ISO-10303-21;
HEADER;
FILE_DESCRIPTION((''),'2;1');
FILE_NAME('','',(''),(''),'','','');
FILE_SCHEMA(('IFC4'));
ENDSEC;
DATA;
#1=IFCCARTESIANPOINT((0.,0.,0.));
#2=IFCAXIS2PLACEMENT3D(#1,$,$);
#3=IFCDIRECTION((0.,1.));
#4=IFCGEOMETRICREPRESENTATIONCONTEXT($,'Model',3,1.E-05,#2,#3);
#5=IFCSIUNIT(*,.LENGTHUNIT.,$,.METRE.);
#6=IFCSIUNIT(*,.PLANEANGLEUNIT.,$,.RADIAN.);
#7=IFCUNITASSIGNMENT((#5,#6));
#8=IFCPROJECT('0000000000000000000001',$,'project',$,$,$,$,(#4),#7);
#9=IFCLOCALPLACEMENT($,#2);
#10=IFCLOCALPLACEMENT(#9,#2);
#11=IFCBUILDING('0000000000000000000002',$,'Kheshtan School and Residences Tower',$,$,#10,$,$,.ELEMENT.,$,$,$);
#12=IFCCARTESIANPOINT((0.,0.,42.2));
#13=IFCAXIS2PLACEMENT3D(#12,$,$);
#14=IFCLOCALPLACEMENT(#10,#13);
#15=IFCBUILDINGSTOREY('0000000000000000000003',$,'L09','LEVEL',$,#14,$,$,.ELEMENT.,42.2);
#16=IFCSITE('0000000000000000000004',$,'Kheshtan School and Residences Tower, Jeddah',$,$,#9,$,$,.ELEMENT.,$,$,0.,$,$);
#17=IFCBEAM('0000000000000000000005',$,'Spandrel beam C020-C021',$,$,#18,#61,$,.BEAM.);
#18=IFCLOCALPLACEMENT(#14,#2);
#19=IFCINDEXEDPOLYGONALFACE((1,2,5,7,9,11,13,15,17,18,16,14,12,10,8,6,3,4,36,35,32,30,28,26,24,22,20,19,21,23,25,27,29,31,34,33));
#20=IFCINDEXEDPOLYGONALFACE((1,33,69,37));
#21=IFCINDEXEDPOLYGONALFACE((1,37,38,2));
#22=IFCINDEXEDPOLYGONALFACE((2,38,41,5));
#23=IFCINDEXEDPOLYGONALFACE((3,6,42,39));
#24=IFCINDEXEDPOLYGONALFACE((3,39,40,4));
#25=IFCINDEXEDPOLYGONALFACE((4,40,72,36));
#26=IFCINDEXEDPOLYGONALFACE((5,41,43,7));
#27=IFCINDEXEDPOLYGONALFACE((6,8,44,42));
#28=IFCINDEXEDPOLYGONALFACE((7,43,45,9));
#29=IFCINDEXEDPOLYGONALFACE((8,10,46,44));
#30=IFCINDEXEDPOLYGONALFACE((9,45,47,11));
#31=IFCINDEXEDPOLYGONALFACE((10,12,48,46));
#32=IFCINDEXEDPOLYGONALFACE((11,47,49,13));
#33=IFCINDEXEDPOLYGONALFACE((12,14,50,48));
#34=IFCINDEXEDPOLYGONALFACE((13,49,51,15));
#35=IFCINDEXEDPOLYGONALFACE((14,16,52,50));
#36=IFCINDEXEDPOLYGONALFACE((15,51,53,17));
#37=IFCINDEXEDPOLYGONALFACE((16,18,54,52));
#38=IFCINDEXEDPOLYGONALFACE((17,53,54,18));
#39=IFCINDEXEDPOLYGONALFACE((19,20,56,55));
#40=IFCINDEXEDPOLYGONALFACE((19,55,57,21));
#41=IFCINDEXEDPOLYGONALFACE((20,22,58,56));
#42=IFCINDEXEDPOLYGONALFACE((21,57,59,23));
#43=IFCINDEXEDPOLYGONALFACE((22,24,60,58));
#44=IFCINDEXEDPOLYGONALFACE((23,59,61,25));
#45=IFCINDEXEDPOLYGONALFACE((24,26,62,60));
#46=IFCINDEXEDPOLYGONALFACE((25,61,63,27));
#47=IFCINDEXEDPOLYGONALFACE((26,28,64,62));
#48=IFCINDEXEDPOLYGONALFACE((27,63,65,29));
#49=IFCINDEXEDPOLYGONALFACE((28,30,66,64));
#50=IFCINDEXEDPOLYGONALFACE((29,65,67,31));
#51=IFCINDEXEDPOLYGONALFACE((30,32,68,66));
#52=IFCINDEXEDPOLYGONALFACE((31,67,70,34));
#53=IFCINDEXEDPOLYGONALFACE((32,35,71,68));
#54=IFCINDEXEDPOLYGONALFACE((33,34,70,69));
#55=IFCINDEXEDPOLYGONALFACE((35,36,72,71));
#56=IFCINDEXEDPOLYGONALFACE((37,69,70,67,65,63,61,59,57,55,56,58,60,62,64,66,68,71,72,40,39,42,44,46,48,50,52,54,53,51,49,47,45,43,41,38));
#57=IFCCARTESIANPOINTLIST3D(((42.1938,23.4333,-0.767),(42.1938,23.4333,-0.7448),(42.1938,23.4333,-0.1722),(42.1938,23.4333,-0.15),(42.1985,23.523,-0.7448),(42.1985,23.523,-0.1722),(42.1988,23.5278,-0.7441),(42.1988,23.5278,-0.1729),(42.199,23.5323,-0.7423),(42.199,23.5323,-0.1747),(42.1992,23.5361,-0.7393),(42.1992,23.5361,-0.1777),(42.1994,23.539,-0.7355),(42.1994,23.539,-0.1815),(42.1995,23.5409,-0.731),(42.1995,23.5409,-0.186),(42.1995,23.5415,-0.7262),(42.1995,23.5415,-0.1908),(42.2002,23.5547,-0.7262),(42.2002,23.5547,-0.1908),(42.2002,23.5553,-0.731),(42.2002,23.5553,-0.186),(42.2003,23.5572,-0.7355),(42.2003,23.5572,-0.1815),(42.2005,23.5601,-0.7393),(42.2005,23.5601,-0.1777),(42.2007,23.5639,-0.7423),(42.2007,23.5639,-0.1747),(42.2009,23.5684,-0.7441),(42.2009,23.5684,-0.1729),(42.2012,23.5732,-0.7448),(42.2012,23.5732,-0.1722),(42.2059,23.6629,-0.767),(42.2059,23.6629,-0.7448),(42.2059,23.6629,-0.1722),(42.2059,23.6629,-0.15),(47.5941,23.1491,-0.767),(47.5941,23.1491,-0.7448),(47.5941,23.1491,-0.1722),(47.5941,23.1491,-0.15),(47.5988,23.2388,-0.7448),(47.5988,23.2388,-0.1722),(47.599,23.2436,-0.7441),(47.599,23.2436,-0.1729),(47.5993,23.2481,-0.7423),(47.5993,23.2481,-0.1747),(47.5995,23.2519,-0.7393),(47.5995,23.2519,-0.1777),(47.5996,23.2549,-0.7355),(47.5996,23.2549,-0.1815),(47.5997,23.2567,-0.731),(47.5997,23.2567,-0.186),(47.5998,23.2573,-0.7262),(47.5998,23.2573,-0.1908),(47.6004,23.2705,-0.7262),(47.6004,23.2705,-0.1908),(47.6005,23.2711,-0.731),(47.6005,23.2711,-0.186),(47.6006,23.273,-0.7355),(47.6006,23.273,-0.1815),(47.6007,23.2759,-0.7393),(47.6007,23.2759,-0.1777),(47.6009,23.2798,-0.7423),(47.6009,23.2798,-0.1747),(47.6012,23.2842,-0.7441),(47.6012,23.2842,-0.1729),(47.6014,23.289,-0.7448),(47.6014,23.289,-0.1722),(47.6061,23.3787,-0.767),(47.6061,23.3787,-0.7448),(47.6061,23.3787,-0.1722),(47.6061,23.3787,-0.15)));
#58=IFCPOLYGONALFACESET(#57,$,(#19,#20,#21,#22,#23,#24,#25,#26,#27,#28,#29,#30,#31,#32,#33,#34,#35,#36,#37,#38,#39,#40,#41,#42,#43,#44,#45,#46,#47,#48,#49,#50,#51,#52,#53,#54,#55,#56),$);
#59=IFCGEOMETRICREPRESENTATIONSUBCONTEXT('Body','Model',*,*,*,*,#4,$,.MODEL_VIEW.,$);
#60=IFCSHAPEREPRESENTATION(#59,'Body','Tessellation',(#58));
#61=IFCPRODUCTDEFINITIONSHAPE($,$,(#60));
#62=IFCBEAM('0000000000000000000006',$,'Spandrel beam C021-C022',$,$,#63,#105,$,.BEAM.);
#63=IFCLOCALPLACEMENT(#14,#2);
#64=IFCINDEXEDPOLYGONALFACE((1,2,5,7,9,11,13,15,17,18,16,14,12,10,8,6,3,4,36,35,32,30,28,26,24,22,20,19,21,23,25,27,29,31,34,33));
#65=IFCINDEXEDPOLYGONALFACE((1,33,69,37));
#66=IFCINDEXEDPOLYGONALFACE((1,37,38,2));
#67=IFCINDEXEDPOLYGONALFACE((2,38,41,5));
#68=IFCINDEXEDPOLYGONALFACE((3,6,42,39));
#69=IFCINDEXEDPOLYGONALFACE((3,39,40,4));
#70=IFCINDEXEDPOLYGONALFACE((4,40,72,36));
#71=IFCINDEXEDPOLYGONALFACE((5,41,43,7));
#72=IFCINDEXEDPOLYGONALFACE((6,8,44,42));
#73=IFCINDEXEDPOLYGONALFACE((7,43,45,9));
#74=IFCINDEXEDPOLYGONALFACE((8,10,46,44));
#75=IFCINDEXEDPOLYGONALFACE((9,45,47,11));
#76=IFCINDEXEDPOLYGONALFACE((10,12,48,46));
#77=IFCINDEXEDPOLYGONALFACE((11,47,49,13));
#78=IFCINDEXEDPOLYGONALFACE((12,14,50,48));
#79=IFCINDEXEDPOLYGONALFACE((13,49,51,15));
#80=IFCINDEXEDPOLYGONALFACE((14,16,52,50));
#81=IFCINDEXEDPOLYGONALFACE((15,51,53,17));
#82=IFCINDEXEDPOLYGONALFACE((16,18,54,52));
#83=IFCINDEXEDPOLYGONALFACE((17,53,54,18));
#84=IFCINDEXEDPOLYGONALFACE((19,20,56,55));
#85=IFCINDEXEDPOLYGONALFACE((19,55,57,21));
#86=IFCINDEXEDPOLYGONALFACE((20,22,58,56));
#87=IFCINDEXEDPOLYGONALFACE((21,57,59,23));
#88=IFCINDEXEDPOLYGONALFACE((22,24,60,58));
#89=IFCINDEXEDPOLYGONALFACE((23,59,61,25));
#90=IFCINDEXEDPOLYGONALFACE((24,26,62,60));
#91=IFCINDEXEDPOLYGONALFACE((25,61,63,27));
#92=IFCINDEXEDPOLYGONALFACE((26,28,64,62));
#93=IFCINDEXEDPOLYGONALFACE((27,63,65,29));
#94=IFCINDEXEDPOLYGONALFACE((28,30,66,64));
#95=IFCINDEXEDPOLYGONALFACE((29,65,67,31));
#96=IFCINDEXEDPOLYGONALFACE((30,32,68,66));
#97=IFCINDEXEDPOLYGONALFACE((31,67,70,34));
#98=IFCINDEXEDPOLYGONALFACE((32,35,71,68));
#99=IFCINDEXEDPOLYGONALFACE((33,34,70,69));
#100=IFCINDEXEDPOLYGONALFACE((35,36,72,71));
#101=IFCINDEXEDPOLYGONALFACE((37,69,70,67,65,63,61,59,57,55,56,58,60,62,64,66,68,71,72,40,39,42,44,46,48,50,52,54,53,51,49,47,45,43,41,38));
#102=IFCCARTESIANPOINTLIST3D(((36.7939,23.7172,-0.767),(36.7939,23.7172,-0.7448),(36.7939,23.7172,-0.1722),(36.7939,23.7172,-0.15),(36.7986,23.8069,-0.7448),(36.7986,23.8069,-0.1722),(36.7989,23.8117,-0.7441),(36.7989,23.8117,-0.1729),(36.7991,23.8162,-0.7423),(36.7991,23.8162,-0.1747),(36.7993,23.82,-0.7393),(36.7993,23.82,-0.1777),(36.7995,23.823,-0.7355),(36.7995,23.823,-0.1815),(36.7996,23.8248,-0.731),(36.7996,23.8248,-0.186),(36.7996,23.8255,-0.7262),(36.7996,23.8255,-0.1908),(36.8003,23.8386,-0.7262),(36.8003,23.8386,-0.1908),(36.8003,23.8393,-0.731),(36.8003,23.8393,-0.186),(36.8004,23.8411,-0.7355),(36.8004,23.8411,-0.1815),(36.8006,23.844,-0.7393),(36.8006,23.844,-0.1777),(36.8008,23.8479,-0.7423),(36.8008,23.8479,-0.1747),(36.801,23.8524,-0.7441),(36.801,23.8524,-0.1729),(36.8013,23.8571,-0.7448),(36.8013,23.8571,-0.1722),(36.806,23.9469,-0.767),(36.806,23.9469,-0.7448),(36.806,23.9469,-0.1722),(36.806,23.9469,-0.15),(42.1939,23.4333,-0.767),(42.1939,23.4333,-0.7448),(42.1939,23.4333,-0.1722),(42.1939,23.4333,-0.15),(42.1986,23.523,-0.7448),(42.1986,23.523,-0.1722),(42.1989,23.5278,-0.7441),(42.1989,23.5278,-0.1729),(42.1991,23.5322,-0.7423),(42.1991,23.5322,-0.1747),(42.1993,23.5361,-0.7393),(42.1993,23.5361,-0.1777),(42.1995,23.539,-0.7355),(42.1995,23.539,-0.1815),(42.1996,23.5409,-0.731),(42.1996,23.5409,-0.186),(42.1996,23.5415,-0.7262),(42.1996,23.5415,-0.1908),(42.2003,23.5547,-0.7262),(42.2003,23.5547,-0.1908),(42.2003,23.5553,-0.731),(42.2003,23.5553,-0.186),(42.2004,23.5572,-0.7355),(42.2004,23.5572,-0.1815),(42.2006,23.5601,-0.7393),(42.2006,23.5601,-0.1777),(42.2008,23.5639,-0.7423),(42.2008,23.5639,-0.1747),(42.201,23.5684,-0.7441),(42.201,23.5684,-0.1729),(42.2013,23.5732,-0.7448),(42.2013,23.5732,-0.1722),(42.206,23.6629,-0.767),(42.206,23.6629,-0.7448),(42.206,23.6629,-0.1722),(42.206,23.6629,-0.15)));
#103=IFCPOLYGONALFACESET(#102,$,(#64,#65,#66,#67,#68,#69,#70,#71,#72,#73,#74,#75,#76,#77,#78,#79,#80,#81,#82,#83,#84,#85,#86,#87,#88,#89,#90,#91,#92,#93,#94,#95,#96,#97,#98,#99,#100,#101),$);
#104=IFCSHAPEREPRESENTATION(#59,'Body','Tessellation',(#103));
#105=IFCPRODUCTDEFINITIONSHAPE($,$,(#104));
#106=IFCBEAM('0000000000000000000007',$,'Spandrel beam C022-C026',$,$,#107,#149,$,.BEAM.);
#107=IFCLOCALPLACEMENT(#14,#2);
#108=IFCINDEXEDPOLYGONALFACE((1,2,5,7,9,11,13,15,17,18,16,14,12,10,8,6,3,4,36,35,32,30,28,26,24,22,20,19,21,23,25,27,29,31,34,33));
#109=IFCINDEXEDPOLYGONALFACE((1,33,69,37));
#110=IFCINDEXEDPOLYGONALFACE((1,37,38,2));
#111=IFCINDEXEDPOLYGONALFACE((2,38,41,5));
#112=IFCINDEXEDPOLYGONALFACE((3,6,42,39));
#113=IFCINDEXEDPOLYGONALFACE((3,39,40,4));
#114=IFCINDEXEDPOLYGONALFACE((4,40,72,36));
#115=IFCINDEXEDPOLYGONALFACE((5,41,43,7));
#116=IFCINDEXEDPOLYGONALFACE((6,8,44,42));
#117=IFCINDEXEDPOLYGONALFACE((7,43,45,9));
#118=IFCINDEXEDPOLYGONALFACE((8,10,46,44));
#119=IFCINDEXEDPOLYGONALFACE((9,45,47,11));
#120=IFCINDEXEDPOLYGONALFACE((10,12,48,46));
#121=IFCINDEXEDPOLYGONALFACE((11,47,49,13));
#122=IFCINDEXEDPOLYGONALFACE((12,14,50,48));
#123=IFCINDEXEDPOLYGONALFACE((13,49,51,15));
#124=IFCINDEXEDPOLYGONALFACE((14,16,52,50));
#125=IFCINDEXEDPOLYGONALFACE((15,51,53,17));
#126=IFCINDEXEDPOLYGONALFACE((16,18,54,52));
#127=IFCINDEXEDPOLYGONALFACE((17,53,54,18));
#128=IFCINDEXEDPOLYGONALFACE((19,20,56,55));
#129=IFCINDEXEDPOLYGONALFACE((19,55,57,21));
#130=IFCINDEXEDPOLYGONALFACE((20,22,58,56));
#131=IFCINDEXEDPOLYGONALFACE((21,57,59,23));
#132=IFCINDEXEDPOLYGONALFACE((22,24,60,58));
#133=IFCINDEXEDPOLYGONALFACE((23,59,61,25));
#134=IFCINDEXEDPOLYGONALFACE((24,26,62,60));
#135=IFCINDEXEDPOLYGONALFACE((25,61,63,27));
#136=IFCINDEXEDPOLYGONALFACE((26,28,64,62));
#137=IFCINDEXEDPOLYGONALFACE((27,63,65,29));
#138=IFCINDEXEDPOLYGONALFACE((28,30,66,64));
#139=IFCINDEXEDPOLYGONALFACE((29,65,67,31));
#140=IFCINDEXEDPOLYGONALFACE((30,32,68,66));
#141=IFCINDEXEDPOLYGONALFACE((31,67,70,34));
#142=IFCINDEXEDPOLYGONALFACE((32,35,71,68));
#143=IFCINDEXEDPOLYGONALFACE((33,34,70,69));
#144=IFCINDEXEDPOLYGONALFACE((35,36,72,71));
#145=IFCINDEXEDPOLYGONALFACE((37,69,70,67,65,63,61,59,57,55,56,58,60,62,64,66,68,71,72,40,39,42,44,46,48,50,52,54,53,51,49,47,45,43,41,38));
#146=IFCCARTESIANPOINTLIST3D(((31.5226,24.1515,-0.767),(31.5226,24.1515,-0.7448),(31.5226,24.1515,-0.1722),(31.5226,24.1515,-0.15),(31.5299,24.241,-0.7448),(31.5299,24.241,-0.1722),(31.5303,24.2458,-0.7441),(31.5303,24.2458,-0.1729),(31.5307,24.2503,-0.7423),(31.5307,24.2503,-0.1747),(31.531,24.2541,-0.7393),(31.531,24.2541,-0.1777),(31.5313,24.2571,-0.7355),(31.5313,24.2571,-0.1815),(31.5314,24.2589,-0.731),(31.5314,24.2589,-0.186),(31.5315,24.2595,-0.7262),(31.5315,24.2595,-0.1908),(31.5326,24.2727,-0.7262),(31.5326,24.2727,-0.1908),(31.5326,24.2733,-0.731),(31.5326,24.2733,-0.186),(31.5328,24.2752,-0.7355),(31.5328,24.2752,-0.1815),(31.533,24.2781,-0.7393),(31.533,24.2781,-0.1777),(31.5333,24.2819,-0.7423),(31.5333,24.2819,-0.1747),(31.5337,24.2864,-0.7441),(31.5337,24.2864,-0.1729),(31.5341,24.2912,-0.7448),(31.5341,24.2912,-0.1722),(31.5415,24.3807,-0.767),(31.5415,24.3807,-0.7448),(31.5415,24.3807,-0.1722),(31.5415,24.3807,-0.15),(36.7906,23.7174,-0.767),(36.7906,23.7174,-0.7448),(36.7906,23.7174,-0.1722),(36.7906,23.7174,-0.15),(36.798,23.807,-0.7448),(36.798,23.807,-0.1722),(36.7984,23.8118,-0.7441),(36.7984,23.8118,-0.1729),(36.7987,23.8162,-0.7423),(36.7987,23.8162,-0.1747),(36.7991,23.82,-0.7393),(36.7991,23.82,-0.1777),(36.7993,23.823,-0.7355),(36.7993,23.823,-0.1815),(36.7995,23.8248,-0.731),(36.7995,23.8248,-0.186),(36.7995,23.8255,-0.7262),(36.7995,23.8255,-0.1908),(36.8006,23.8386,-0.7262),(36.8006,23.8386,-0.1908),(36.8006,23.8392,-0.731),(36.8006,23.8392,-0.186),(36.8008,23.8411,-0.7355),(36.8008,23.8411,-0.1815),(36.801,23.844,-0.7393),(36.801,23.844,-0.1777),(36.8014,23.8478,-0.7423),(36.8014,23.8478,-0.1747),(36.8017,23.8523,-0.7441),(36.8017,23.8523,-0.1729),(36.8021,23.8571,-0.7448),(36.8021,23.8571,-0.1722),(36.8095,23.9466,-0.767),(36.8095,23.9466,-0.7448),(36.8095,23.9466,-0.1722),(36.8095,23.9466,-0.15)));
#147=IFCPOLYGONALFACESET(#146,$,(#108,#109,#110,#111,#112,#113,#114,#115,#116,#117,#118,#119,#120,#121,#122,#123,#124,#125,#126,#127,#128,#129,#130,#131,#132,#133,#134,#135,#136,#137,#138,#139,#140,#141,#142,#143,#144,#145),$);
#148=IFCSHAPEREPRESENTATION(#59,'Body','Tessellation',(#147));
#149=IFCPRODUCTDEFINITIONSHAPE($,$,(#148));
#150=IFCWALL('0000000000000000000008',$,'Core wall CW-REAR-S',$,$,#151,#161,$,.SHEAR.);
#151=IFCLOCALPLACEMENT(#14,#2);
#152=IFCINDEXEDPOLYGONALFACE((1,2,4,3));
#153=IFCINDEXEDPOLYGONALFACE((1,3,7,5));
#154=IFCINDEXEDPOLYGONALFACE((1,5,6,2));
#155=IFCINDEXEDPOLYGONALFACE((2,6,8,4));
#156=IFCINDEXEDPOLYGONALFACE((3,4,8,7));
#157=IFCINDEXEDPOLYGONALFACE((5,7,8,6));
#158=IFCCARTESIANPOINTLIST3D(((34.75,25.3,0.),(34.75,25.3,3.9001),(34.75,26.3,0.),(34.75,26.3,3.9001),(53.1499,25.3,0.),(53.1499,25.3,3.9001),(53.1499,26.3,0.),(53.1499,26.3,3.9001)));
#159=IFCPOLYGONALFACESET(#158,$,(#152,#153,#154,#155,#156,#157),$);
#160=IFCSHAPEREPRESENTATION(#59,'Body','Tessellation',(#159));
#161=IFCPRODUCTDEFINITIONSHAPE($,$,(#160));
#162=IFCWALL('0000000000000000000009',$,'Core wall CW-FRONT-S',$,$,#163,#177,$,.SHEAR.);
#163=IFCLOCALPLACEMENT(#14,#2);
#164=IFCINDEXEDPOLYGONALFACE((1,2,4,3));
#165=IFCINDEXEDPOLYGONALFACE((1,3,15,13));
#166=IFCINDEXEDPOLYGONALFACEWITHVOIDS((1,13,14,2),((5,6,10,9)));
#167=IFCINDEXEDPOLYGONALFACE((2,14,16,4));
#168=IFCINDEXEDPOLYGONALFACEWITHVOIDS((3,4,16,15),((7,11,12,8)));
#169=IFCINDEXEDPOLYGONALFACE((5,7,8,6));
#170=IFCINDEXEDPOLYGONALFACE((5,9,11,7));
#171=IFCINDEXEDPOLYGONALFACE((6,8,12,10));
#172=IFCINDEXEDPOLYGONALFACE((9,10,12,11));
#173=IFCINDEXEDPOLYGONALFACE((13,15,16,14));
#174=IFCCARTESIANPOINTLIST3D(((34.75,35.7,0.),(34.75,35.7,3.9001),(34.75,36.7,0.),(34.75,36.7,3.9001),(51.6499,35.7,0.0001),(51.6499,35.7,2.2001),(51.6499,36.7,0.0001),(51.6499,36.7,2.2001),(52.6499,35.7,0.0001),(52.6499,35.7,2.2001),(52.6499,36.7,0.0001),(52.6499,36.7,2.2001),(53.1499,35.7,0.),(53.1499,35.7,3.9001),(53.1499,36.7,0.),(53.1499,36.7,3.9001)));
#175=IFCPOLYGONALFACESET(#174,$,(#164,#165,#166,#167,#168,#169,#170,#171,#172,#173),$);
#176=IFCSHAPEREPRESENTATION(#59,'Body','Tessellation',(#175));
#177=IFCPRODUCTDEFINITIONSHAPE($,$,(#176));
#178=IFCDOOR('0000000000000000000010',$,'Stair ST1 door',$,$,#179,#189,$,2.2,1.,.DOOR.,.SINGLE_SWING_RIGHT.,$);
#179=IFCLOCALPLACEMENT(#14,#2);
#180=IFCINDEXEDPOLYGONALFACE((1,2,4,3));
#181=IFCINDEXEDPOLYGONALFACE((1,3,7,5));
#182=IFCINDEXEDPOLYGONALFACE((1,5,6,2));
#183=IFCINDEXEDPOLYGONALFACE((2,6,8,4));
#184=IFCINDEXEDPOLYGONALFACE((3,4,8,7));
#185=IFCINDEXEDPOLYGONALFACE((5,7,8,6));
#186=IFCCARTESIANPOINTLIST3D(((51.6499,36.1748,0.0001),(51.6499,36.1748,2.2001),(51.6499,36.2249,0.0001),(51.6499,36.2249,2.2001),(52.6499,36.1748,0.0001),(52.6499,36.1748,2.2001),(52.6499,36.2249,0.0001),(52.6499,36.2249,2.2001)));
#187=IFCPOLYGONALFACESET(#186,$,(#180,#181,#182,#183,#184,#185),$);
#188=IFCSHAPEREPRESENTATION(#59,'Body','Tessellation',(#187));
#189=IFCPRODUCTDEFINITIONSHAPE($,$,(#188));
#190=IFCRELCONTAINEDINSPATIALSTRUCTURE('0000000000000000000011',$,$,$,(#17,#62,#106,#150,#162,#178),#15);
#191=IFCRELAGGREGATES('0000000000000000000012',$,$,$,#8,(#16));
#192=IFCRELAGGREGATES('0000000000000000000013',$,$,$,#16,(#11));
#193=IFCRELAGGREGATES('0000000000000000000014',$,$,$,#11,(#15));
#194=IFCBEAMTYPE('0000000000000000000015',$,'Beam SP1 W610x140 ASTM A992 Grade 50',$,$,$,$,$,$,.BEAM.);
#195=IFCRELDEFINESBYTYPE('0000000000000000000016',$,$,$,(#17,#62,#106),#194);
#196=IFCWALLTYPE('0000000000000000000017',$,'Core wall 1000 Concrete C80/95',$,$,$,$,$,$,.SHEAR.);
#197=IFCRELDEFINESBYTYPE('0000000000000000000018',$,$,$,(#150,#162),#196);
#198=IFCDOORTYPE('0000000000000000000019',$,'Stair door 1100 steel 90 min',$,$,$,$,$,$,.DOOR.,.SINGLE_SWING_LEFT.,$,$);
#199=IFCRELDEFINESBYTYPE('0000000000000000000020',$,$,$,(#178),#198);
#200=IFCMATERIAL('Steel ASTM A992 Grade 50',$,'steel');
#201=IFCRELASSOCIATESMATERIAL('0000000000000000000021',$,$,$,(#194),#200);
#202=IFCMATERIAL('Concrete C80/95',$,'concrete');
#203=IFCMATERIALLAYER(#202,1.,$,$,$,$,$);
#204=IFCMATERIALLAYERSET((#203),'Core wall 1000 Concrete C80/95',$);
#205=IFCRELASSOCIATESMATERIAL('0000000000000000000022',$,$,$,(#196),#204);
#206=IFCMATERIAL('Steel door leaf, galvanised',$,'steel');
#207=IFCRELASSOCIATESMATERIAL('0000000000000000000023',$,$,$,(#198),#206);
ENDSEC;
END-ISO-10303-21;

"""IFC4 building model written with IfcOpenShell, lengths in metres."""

from ifc_helpers import new_model, si_unit, direction, frame, frame_2d, origin, origin_2d, place, context, subcontext, project, spatial, rectangle, i_section, extrude, source, transform, mapped, material, layer, layer_set, material_profile, profile_set, type_object, element, fill, save


model = new_model("IFC4")

# Units and contexts
model_context = context("Model", 3, precision=1e-05, world=origin(), true_north=direction((0.0, 1.0)))
body_context = subcontext(model_context, "Body", "Model", "MODEL_VIEW")
ifc_project = project(units=[si_unit("LENGTHUNIT", "METRE"), si_unit("PLANEANGLEUNIT", "RADIAN")], contexts=[model_context])

# Site, building, storey
site_placement = place(None, origin())
site = spatial("IfcSite", under=ifc_project, at=site_placement, Name="Kheshtan School and Residences Tower, Jeddah", CompositionType="ELEMENT", RefElevation=0.0)
building_placement = place(site_placement, origin())
building = spatial("IfcBuilding", under=site, at=building_placement, Name="Kheshtan School and Residences Tower", CompositionType="ELEMENT")
storey_placement = place(building_placement, frame((0.0, 0.0, 42.2)))
storey = spatial("IfcBuildingStorey", under=building, at=storey_placement, Name="L09", Description="LEVEL", CompositionType="ELEMENT", Elevation=42.2)

# Shared definitions
ifc_material_1 = material(Name="Steel ASTM A992 Grade 50", Category="steel")

# Beams
ifc_material_profile_1 = material_profile(ifc_material_1, i_section(OverallWidth=0.23, OverallDepth=0.6169, WebThickness=0.0132, FlangeThickness=0.0222, FilletRadius=0.0186, at=origin_2d()), Name="W610x140")
ifc_profile_set_1 = profile_set([ifc_material_profile_1], Name="Steel ASTM A992 Grade 50")
beam_type_1 = type_object("IfcBeamType", Name="Beam SP1 W610x140 ASTM A992 Grade 50", PredefinedType="BEAM", material=ifc_profile_set_1)
beam_1_placement = place(storey_placement, frame((47.6001, 23.2639, -0.4585), z_axis=(-0.998618, 0.052552, 0.0), x_axis=(-0.052552, -0.998618, 0.0)))
element("IfcBeam", 1, at=beam_1_placement, inside=storey, type_object=beam_type_1, Name="Spandrel beam C020-C021", PredefinedType="BEAM", context=body_context, shape_type="SweptSolid", body=[
    extrude(i_section(OverallWidth=0.23, OverallDepth=0.6169, WebThickness=0.0132, FlangeThickness=0.0222, FilletRadius=0.0186, at=origin_2d()), origin(), (0.0, 0.0, 1.0), 5.4077),
])
beam_2_placement = place(storey_placement, frame((42.2, 23.5481, -0.4585), z_axis=(-0.99862, 0.052509, 0.0), x_axis=(-0.052509, -0.99862, 0.0)))
element("IfcBeam", 2, at=beam_2_placement, inside=storey, type_object=beam_type_1, Name="Spandrel beam C021-C022", PredefinedType="BEAM", context=body_context, shape_type="SweptSolid", body=[
    extrude(i_section(OverallWidth=0.23, OverallDepth=0.6169, WebThickness=0.0132, FlangeThickness=0.0222, FilletRadius=0.0186, at=origin_2d()), origin(), (0.0, 0.0, 1.0), 5.4075),
])
beam_3_placement = place(storey_placement, frame((36.8, 23.832, -0.4585), z_axis=(-0.996622, 0.08212, 0.0), x_axis=(-0.08212, -0.996622, 0.0)))
element("IfcBeam", 3, at=beam_3_placement, inside=storey, type_object=beam_type_1, Name="Spandrel beam C022-C026", PredefinedType="BEAM", context=body_context, shape_type="SweptSolid", body=[
    extrude(i_section(OverallWidth=0.23, OverallDepth=0.6169, WebThickness=0.0132, FlangeThickness=0.0222, FilletRadius=0.0186, at=origin_2d()), origin(), (0.0, 0.0, 1.0), 5.2859),
])

# Wall
ifc_material_2 = material(Name="Concrete C80/95", Category="concrete")
ifc_layer_1 = layer(ifc_material_2, 1.0)
ifc_layer_set_1 = layer_set([ifc_layer_1], Name="Core wall 1000 Concrete C80/95")
wall_type_1 = type_object("IfcWallType", Name="Core wall 1000 Concrete C80/95", PredefinedType="SHEAR", material=ifc_layer_set_1)
wall_1_placement = place(storey_placement, frame((34.75, 25.8, 0.0), z_axis=(0.0, 0.0, 1.0), x_axis=(1.0, 0.0, 0.0)))
element("IfcWall", 4, at=wall_1_placement, inside=storey, type_object=wall_type_1, Name="Core wall CW-REAR-S", PredefinedType="SHEAR", context=body_context, shape_type="SweptSolid", body=[
    extrude(rectangle(XDim=18.3999, YDim=1.0, at=frame_2d((9.2, 0.0))), origin(), (0.0, 0.0, 1.0), 3.9001),
])

# Wall, opening, door
wall_2_placement = place(storey_placement, frame((34.75, 36.2, 0.0), z_axis=(0.0, 0.0, 1.0), x_axis=(1.0, 0.0, 0.0)))
wall_2 = element("IfcWall", 5, at=wall_2_placement, inside=storey, type_object=wall_type_1, Name="Core wall CW-FRONT-S", PredefinedType="SHEAR", context=body_context, shape_type="SweptSolid", body=[
    extrude(rectangle(XDim=18.3999, YDim=1.0, at=frame_2d((9.2, 0.0))), origin(), (0.0, 0.0, 1.0), 3.9001),
])
opening_1_placement = place(wall_2_placement, frame((16.8999, 0.0, 0.0)))
opening_1 = element("IfcOpeningElement", 6, at=opening_1_placement, cuts=wall_2, PredefinedType="OPENING", context=body_context, shape_type="SweptSolid", body=[
    extrude(rectangle(XDim=1.0, YDim=2.2, at=frame_2d((0.5, 1.1001))), frame((0.0, 0.51, 0.0), z_axis=(0.0, -1.0, 0.0), x_axis=(1.0, 0.0, 0.0)), (0.0, 0.0, 1.0), 1.02),
])
ifc_material_3 = material(Name="Steel door leaf, galvanised", Category="steel")
door_type_1 = type_object("IfcDoorType", Name="Stair door 1100 steel 90 min", OperationType="SINGLE_SWING_LEFT", PredefinedType="DOOR", material=ifc_material_3)
shared_shape_1 = source(origin(), body_context, "Body", "SweptSolid", [
    extrude(rectangle(XDim=1.0, YDim=2.2, at=frame_2d((0.5, 1.1001))), frame((0.0, 0.0249, 0.0), z_axis=(0.0, -1.0, 0.0), x_axis=(1.0, 0.0, 0.0)), (0.0, 0.0, 1.0), 0.05),
])
door_1_placement = place(opening_1_placement, origin())
door_1 = element("IfcDoor", 7, at=door_1_placement, inside=storey, type_object=door_type_1, Name="Stair ST1 door", OperationType="SINGLE_SWING_RIGHT", OverallHeight=2.2, OverallWidth=1.0, PredefinedType="DOOR", context=body_context, shape_type="MappedRepresentation", body=[
    mapped(shared_shape_1, transform((0.0, 0.0, 0.0), x_axis=(1.0, 0.0, 0.0), y_axis=(0.0, 1.0, 0.0), z_axis=(0.0, 0.0, 1.0), scale=1.0)),
])
fill(opening_1, door_1)

save(model, "model.ifc")
